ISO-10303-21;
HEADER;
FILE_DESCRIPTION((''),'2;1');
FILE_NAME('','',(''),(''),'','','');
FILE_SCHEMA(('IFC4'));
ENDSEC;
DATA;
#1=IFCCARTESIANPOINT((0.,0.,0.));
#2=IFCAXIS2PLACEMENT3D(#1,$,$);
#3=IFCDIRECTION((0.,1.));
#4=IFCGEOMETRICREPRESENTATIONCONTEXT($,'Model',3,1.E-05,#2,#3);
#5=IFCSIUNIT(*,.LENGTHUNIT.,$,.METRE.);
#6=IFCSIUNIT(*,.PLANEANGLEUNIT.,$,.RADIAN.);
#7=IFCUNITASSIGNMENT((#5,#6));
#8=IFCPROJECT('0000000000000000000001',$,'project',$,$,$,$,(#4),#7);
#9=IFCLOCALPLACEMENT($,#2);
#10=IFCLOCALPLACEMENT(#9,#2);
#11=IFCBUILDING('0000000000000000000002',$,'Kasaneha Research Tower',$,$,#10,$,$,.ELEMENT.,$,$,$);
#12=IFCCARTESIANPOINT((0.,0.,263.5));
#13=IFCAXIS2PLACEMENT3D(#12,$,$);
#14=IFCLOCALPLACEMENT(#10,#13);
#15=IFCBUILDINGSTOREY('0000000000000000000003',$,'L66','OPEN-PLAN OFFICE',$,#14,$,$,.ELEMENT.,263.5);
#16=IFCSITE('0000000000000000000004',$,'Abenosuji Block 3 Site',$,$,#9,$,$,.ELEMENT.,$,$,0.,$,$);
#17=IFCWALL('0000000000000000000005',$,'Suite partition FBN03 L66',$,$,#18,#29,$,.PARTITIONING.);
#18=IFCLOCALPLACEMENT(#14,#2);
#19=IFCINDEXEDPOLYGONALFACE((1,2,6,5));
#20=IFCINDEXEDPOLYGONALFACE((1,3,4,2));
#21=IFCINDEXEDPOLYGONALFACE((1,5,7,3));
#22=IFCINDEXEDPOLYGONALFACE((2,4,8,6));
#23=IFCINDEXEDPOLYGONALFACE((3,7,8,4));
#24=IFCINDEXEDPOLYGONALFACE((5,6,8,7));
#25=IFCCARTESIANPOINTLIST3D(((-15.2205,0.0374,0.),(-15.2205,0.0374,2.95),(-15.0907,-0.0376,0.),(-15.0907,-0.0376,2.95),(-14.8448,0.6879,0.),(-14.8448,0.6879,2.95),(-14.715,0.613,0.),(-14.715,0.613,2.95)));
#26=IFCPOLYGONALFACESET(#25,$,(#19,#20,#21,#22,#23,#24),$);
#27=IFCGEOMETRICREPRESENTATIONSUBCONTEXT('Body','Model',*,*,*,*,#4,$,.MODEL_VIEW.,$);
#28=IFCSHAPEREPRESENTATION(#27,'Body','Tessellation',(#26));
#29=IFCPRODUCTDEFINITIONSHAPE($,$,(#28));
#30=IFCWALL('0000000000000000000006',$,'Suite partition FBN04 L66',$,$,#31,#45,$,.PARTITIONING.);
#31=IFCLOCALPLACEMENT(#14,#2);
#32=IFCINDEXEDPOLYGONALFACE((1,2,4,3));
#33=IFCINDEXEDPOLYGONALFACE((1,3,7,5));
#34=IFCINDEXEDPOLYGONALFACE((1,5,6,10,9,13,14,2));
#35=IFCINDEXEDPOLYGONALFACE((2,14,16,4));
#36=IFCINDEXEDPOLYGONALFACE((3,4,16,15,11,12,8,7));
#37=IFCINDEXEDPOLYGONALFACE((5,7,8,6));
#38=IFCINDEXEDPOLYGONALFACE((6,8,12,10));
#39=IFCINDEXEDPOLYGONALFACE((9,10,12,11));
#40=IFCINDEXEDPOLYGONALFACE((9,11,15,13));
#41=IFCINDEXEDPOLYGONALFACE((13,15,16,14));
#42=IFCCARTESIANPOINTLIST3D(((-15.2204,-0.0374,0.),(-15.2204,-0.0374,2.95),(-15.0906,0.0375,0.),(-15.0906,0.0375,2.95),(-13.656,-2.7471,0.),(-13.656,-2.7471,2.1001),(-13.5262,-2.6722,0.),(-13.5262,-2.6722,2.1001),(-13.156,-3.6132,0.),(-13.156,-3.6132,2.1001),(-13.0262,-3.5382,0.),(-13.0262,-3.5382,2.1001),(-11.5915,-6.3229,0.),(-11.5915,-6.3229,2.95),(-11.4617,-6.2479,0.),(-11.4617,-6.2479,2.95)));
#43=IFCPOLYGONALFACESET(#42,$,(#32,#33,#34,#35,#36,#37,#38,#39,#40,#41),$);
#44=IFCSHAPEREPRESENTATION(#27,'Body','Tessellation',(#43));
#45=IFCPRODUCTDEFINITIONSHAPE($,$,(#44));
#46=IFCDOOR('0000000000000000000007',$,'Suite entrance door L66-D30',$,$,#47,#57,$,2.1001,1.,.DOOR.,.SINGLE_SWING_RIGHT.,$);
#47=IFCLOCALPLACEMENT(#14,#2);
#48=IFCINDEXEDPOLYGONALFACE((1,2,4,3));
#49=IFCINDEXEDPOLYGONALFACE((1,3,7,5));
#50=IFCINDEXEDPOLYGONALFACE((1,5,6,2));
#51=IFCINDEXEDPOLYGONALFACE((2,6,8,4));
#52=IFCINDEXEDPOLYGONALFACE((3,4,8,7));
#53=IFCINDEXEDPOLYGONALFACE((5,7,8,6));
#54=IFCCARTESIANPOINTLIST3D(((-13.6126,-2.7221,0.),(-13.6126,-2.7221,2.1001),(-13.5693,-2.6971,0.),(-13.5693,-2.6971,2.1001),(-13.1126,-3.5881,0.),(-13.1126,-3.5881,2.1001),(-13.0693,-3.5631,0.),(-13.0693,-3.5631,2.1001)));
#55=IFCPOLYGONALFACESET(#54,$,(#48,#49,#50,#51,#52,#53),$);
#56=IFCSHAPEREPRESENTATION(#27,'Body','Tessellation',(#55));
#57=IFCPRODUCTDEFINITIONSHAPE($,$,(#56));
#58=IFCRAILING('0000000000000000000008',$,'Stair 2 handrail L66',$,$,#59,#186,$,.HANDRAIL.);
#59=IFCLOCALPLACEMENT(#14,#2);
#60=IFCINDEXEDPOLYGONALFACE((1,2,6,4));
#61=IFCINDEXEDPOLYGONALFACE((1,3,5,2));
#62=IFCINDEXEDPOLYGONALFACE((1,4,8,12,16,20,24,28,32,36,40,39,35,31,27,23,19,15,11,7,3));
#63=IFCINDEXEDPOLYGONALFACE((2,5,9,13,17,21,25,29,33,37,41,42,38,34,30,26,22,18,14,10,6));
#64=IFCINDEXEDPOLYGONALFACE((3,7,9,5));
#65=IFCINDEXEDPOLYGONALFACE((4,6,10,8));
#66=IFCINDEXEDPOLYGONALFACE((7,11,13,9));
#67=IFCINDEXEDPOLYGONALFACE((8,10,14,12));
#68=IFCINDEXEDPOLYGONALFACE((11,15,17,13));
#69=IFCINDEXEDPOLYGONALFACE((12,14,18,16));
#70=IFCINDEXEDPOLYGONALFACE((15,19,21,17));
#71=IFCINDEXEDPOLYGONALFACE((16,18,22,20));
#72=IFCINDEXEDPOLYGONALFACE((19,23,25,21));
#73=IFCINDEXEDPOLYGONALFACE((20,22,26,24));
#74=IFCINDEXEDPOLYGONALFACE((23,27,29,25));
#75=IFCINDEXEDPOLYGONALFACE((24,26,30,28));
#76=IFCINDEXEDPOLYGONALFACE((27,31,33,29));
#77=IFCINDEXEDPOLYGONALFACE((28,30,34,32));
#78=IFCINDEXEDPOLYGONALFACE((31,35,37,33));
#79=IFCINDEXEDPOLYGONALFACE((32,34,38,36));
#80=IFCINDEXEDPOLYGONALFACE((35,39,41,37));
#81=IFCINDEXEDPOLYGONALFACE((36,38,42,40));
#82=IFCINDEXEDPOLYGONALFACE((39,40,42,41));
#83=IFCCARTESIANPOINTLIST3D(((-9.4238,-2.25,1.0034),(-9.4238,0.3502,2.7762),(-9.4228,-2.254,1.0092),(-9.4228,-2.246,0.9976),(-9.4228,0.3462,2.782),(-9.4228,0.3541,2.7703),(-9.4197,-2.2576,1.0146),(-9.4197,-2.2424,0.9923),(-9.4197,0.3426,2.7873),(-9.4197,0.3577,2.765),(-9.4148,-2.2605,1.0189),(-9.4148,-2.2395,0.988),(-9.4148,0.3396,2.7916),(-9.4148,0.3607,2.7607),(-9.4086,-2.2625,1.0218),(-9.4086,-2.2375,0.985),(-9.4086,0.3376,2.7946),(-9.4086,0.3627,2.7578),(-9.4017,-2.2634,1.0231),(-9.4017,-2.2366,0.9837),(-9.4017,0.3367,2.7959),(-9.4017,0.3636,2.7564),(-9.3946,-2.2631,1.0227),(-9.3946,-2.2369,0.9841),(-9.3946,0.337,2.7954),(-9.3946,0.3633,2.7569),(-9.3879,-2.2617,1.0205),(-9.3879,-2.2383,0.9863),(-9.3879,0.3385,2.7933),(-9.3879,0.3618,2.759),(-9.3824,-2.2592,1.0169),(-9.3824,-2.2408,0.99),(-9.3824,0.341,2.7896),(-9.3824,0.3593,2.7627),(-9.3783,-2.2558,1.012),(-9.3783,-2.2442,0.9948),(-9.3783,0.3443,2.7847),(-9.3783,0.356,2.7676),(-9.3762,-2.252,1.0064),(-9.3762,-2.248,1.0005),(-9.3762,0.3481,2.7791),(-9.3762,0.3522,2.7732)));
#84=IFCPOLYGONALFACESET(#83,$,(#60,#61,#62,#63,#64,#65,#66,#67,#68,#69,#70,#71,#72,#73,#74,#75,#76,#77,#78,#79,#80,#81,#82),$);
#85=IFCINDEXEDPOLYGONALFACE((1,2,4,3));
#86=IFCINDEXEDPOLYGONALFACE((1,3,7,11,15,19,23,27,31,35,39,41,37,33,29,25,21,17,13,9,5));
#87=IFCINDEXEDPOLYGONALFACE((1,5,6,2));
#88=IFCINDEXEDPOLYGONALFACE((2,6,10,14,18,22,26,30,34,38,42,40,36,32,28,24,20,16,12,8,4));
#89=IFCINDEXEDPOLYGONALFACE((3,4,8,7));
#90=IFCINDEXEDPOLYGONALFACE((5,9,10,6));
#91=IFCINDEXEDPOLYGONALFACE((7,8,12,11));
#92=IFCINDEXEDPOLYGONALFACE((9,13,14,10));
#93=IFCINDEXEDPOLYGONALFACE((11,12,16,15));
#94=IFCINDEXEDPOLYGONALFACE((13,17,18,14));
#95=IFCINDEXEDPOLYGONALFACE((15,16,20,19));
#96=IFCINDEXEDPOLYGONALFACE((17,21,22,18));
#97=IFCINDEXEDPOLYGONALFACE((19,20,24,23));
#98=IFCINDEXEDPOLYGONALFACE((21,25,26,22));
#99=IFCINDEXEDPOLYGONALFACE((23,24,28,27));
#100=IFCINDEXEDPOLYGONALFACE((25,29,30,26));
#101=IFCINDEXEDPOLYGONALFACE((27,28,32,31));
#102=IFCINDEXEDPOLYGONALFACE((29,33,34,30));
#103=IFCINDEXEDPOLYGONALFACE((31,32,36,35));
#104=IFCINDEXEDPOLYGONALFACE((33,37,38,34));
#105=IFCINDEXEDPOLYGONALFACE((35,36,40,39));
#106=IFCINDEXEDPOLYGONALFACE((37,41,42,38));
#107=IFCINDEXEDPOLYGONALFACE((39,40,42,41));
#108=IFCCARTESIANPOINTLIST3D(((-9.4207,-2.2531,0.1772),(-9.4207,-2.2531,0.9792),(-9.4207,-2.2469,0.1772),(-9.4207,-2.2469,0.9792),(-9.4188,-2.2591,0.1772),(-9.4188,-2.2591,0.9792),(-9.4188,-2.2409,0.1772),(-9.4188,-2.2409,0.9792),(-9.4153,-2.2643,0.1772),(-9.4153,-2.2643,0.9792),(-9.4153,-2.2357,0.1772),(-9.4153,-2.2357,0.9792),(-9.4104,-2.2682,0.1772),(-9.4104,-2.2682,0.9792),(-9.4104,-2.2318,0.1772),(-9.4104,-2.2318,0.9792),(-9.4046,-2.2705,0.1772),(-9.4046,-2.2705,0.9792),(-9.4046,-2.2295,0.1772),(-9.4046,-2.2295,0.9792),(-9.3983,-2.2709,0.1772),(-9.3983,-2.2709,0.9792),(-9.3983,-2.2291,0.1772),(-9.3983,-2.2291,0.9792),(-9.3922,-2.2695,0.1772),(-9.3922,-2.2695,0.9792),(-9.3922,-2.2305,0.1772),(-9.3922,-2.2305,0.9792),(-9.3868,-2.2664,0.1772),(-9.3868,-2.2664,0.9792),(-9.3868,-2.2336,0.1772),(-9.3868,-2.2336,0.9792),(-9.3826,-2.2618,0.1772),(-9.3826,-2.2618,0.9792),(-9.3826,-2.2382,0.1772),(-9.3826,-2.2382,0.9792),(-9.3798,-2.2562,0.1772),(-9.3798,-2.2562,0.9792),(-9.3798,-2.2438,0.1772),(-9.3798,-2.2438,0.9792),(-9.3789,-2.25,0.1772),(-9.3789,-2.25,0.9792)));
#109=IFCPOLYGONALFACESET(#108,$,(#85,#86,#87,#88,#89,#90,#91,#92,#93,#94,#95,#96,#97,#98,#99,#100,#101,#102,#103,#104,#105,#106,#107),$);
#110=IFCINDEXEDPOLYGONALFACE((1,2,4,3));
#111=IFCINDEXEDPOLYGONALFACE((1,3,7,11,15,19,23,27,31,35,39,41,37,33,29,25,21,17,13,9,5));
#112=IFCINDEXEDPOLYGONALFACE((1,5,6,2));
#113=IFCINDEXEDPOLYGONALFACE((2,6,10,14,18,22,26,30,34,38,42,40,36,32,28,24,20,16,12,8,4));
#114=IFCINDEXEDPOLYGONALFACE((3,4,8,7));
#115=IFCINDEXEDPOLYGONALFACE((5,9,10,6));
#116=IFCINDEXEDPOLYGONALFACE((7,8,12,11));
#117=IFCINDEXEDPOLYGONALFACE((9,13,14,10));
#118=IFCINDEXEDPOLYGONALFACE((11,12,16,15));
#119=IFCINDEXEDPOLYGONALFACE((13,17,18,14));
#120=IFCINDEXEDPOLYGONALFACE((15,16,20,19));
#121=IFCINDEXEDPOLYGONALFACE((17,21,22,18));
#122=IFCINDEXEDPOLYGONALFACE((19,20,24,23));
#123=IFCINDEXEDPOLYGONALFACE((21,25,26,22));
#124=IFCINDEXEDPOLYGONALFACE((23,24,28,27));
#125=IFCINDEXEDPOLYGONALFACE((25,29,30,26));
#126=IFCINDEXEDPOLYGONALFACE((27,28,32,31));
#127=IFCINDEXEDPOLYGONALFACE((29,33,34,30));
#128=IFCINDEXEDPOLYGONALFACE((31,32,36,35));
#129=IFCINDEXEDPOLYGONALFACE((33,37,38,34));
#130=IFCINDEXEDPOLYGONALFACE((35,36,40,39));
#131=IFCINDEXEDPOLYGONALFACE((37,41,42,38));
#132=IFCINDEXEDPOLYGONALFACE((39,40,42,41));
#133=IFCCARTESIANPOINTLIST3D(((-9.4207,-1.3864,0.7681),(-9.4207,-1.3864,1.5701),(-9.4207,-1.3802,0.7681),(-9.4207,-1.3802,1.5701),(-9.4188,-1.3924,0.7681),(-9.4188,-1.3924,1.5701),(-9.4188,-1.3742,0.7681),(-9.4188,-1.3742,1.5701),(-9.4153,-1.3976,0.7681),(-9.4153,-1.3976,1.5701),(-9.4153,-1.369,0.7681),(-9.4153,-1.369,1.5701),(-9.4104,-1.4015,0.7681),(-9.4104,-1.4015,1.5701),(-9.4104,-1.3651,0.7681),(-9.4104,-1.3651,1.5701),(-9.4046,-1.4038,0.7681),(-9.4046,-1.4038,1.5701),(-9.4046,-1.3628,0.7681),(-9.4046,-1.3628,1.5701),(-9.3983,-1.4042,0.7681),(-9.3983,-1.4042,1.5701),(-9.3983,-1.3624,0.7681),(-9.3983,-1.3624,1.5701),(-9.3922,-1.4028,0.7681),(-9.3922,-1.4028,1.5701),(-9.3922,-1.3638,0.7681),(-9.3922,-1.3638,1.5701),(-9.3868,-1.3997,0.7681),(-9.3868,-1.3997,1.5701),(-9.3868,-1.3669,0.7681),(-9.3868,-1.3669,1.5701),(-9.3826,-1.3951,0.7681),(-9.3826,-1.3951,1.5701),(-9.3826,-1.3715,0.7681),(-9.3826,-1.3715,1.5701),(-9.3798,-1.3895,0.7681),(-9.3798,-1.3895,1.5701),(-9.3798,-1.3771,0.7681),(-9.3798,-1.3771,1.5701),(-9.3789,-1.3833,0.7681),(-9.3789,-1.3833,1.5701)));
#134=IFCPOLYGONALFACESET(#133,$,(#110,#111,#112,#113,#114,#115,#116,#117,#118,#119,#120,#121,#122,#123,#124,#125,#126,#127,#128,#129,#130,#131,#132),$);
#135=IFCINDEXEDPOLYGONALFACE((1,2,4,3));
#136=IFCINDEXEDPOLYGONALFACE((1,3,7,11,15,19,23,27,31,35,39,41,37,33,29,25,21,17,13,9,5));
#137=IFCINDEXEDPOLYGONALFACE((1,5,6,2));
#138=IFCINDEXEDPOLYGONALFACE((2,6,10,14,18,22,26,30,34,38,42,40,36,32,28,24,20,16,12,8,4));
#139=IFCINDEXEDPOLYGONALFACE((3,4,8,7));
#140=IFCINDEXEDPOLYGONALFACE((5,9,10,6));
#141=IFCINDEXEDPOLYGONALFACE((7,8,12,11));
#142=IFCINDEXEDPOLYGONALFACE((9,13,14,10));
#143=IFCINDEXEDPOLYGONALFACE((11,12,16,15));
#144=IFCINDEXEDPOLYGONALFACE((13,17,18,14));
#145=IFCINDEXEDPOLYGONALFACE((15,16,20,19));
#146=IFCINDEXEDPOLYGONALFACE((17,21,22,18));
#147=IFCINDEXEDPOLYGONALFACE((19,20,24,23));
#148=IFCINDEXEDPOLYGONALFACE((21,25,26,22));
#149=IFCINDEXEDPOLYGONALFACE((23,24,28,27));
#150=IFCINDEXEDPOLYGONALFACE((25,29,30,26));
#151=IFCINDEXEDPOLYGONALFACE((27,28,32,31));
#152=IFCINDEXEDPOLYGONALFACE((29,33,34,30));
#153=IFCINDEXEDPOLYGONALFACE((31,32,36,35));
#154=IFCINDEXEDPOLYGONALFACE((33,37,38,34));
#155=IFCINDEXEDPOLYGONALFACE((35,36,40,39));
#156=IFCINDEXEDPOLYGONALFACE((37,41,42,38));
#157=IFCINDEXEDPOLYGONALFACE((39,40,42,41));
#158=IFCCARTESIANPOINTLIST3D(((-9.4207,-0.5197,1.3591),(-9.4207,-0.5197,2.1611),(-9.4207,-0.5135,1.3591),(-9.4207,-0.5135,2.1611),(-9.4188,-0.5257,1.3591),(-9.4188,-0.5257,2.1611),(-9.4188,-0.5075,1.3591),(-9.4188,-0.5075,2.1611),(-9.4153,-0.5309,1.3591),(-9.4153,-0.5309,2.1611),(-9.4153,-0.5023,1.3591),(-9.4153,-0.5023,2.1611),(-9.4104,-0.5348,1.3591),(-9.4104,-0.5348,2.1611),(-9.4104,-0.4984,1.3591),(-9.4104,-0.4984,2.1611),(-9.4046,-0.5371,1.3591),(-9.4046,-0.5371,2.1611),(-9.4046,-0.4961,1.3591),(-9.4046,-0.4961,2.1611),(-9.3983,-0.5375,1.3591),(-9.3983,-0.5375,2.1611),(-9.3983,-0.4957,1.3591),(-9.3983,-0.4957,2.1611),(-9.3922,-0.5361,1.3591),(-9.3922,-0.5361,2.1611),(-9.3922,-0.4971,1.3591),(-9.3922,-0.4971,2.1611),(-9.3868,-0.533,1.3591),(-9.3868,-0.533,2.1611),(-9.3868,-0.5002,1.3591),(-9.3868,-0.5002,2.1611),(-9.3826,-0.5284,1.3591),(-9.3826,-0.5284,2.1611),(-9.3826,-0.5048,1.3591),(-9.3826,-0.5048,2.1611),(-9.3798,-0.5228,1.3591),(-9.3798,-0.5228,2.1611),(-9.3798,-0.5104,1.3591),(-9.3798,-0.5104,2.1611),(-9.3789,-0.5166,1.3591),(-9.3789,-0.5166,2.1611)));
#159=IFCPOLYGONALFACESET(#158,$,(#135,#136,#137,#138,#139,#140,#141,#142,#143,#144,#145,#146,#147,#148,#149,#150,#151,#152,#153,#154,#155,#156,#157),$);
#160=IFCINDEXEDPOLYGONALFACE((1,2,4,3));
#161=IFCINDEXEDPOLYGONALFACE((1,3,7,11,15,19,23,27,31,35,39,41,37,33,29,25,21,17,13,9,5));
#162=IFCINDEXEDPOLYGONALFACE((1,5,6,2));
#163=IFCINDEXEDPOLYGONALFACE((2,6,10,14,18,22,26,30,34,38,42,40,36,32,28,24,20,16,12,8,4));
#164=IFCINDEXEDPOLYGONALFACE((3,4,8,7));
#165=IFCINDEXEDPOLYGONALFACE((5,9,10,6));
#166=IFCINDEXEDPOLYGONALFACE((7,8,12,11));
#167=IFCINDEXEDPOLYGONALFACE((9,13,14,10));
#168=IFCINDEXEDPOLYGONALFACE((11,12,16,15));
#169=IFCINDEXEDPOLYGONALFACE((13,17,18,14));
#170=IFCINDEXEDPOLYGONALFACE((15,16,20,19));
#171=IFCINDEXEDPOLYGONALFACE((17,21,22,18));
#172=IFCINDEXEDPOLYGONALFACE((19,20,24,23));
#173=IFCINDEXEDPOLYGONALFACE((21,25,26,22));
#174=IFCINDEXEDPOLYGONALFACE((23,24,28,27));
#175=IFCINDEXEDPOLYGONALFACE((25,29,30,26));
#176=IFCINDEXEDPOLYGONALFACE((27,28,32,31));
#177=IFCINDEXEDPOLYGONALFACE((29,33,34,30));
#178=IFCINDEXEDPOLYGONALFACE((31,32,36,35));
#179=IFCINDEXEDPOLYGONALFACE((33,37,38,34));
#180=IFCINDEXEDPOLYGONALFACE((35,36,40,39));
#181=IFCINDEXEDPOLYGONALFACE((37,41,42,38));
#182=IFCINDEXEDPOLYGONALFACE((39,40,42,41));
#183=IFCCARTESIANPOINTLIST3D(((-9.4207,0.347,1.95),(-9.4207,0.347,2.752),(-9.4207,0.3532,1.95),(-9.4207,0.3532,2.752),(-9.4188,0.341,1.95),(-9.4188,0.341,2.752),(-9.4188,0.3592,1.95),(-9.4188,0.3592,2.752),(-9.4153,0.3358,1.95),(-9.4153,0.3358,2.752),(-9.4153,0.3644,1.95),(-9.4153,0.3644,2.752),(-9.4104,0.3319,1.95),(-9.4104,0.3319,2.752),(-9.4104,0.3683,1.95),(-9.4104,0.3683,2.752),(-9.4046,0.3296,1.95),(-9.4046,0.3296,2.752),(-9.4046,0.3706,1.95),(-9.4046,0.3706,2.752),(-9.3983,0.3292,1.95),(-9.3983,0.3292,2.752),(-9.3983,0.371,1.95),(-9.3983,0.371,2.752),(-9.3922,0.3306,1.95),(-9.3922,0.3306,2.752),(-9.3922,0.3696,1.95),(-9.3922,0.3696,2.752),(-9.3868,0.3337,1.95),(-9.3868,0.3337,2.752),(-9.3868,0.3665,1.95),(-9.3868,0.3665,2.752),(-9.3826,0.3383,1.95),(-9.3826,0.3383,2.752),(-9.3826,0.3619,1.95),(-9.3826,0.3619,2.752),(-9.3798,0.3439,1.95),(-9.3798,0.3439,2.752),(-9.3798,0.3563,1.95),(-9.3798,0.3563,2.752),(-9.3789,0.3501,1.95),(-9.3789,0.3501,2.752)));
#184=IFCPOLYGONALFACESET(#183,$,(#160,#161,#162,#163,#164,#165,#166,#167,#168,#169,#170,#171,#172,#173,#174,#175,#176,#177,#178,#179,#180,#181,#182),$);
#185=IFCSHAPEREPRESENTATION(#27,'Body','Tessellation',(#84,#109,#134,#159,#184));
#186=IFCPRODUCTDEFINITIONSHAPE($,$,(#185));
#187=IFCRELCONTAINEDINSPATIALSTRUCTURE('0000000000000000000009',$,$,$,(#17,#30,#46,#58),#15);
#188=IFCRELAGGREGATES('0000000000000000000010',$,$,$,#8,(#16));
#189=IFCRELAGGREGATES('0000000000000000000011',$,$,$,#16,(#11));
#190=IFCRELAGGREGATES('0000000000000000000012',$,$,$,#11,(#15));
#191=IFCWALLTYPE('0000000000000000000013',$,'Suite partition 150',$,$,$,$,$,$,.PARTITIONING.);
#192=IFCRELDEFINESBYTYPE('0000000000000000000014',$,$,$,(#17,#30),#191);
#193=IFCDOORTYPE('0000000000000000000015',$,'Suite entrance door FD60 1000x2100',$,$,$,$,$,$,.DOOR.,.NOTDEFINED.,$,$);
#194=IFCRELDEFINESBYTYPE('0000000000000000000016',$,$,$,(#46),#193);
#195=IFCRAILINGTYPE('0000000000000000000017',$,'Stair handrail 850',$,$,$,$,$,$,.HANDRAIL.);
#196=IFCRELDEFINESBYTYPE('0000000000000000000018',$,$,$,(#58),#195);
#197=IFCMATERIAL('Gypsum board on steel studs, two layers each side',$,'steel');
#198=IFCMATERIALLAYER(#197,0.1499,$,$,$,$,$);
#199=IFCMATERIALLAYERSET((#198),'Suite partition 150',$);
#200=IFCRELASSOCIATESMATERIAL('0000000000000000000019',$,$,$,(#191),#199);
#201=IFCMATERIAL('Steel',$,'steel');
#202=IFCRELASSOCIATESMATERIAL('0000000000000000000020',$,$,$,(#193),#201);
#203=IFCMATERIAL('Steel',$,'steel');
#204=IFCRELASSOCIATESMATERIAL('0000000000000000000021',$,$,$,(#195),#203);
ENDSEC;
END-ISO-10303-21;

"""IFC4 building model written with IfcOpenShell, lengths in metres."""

from ifc_helpers import new_model, si_unit, direction, frame, frame_2d, origin, origin_2d, place, context, subcontext, project, spatial, rectangle, circle, extrude, material, layer, layer_set, type_object, element, fill, save


model = new_model("IFC4")

# Units and contexts
model_context = context("Model", 3, precision=1e-05, world=origin(), true_north=direction((0.0, 1.0)))
body_context = subcontext(model_context, "Body", "Model", "MODEL_VIEW")
ifc_project = project(units=[si_unit("LENGTHUNIT", "METRE"), si_unit("PLANEANGLEUNIT", "RADIAN")], contexts=[model_context])

# Site, building, storey
site_placement = place(None, origin())
site = spatial("IfcSite", under=ifc_project, at=site_placement, Name="Abenosuji Block 3 Site", CompositionType="ELEMENT", RefElevation=0.0)
building_placement = place(site_placement, origin())
building = spatial("IfcBuilding", under=site, at=building_placement, Name="Kasaneha Research Tower", CompositionType="ELEMENT")
storey_placement = place(building_placement, frame((0.0, 0.0, 263.5)))
storey = spatial("IfcBuildingStorey", under=building, at=storey_placement, Name="L66", Description="OPEN-PLAN OFFICE", CompositionType="ELEMENT", Elevation=263.5)

# Wall
ifc_material_1 = material(Name="Gypsum board on steel studs, two layers each side", Category="steel")
ifc_layer_1 = layer(ifc_material_1, 0.1499)
ifc_layer_set_1 = layer_set([ifc_layer_1], Name="Suite partition 150")
wall_type_1 = type_object("IfcWallType", Name="Suite partition 150", PredefinedType="PARTITIONING", material=ifc_layer_set_1)
wall_1_placement = place(storey_placement, frame((-15.1555, 0.0, 0.0), z_axis=(0.0, 0.0, 1.0), x_axis=(0.500088, 0.865975, 0.0)))
element("IfcWall", 1, at=wall_1_placement, inside=storey, type_object=wall_type_1, Name="Suite partition FBN03 L66", PredefinedType="PARTITIONING", context=body_context, shape_type="SweptSolid", body=[
    extrude(rectangle(XDim=0.7512, YDim=0.1499, at=frame_2d((0.3755, 0.0))), origin(), (0.0, 0.0, 1.0), 2.95),
])

# Wall, opening, door
wall_2_placement = place(storey_placement, frame((-11.5266, -6.2854, 0.0), z_axis=(0.0, 0.0, 1.0), x_axis=(-0.500003, 0.866024, 0.0)))
wall_2 = element("IfcWall", 2, at=wall_2_placement, inside=storey, type_object=wall_type_1, Name="Suite partition FBN04 L66", PredefinedType="PARTITIONING", context=body_context, shape_type="SweptSolid", body=[
    extrude(rectangle(XDim=7.2578, YDim=0.1499, at=frame_2d((3.6289, 0.0))), origin(), (0.0, 0.0, 1.0), 2.95),
])
opening_1_placement = place(wall_2_placement, frame((3.1289, 0.0, 0.0)))
opening_1 = element("IfcOpeningElement", 3, at=opening_1_placement, cuts=wall_2, PredefinedType="OPENING", context=body_context, shape_type="SweptSolid", body=[
    extrude(rectangle(XDim=1.0, YDim=2.1001, at=frame_2d((0.5, 1.05))), frame((0.0, 0.085, 0.0), z_axis=(0.0, -1.0, 0.0), x_axis=(1.0, 0.0, 0.0)), (0.0, 0.0, 1.0), 0.1699),
])
ifc_material_2 = material(Name="Steel", Category="steel")
door_type_1 = type_object("IfcDoorType", Name="Suite entrance door FD60 1000x2100", OperationType="NOTDEFINED", PredefinedType="DOOR", material=ifc_material_2)
door_1_placement = place(opening_1_placement, origin())
door_1 = element("IfcDoor", 4, at=door_1_placement, inside=storey, type_object=door_type_1, Name="Suite entrance door L66-D30", OperationType="SINGLE_SWING_RIGHT", OverallHeight=2.1001, OverallWidth=1.0, PredefinedType="DOOR", context=body_context, shape_type="SweptSolid", body=[
    extrude(rectangle(XDim=1.0, YDim=2.1001, at=frame_2d((0.5, 1.05))), frame((0.0, 0.0249, 0.0), z_axis=(0.0, -1.0, 0.0), x_axis=(1.0, 0.0, 0.0)), (0.0, 0.0, 1.0), 0.05),
])
fill(opening_1, door_1)

# Railing
ifc_material_3 = material(Name="Steel", Category="steel")
railing_type = type_object("IfcRailingType", Name="Stair handrail 850", PredefinedType="HANDRAIL", material=ifc_material_3)
railing_placement = place(storey_placement, frame((-9.3999, -2.25, 0.1772)))
element("IfcRailing", 5, at=railing_placement, inside=storey, type_object=railing_type, Name="Stair 2 handrail L66", PredefinedType="HANDRAIL", context=body_context, shape_type="SweptSolid", body=[
    extrude(circle(Radius=0.0239, at=origin_2d()), frame((0.0, 0.0, 0.8262), z_axis=(0.0, 0.82624, 0.563318), x_axis=(-1.0, 0.0, 0.0)), (0.0, 0.0, 1.0), 3.147),
    extrude(circle(Radius=0.021, at=origin_2d()), origin(), (0.0, 0.0, 1.0), 0.802),
    extrude(circle(Radius=0.021, at=origin_2d()), frame((0.0, 0.8667, 0.5908)), (0.0, 0.0, 1.0), 0.802),
    extrude(circle(Radius=0.021, at=origin_2d()), frame((0.0, 1.7334, 1.1819)), (0.0, 0.0, 1.0), 0.802),
    extrude(circle(Radius=0.021, at=origin_2d()), frame((0.0, 2.6001, 1.7727)), (0.0, 0.0, 1.0), 0.802),
])

save(model, "model.ifc")
